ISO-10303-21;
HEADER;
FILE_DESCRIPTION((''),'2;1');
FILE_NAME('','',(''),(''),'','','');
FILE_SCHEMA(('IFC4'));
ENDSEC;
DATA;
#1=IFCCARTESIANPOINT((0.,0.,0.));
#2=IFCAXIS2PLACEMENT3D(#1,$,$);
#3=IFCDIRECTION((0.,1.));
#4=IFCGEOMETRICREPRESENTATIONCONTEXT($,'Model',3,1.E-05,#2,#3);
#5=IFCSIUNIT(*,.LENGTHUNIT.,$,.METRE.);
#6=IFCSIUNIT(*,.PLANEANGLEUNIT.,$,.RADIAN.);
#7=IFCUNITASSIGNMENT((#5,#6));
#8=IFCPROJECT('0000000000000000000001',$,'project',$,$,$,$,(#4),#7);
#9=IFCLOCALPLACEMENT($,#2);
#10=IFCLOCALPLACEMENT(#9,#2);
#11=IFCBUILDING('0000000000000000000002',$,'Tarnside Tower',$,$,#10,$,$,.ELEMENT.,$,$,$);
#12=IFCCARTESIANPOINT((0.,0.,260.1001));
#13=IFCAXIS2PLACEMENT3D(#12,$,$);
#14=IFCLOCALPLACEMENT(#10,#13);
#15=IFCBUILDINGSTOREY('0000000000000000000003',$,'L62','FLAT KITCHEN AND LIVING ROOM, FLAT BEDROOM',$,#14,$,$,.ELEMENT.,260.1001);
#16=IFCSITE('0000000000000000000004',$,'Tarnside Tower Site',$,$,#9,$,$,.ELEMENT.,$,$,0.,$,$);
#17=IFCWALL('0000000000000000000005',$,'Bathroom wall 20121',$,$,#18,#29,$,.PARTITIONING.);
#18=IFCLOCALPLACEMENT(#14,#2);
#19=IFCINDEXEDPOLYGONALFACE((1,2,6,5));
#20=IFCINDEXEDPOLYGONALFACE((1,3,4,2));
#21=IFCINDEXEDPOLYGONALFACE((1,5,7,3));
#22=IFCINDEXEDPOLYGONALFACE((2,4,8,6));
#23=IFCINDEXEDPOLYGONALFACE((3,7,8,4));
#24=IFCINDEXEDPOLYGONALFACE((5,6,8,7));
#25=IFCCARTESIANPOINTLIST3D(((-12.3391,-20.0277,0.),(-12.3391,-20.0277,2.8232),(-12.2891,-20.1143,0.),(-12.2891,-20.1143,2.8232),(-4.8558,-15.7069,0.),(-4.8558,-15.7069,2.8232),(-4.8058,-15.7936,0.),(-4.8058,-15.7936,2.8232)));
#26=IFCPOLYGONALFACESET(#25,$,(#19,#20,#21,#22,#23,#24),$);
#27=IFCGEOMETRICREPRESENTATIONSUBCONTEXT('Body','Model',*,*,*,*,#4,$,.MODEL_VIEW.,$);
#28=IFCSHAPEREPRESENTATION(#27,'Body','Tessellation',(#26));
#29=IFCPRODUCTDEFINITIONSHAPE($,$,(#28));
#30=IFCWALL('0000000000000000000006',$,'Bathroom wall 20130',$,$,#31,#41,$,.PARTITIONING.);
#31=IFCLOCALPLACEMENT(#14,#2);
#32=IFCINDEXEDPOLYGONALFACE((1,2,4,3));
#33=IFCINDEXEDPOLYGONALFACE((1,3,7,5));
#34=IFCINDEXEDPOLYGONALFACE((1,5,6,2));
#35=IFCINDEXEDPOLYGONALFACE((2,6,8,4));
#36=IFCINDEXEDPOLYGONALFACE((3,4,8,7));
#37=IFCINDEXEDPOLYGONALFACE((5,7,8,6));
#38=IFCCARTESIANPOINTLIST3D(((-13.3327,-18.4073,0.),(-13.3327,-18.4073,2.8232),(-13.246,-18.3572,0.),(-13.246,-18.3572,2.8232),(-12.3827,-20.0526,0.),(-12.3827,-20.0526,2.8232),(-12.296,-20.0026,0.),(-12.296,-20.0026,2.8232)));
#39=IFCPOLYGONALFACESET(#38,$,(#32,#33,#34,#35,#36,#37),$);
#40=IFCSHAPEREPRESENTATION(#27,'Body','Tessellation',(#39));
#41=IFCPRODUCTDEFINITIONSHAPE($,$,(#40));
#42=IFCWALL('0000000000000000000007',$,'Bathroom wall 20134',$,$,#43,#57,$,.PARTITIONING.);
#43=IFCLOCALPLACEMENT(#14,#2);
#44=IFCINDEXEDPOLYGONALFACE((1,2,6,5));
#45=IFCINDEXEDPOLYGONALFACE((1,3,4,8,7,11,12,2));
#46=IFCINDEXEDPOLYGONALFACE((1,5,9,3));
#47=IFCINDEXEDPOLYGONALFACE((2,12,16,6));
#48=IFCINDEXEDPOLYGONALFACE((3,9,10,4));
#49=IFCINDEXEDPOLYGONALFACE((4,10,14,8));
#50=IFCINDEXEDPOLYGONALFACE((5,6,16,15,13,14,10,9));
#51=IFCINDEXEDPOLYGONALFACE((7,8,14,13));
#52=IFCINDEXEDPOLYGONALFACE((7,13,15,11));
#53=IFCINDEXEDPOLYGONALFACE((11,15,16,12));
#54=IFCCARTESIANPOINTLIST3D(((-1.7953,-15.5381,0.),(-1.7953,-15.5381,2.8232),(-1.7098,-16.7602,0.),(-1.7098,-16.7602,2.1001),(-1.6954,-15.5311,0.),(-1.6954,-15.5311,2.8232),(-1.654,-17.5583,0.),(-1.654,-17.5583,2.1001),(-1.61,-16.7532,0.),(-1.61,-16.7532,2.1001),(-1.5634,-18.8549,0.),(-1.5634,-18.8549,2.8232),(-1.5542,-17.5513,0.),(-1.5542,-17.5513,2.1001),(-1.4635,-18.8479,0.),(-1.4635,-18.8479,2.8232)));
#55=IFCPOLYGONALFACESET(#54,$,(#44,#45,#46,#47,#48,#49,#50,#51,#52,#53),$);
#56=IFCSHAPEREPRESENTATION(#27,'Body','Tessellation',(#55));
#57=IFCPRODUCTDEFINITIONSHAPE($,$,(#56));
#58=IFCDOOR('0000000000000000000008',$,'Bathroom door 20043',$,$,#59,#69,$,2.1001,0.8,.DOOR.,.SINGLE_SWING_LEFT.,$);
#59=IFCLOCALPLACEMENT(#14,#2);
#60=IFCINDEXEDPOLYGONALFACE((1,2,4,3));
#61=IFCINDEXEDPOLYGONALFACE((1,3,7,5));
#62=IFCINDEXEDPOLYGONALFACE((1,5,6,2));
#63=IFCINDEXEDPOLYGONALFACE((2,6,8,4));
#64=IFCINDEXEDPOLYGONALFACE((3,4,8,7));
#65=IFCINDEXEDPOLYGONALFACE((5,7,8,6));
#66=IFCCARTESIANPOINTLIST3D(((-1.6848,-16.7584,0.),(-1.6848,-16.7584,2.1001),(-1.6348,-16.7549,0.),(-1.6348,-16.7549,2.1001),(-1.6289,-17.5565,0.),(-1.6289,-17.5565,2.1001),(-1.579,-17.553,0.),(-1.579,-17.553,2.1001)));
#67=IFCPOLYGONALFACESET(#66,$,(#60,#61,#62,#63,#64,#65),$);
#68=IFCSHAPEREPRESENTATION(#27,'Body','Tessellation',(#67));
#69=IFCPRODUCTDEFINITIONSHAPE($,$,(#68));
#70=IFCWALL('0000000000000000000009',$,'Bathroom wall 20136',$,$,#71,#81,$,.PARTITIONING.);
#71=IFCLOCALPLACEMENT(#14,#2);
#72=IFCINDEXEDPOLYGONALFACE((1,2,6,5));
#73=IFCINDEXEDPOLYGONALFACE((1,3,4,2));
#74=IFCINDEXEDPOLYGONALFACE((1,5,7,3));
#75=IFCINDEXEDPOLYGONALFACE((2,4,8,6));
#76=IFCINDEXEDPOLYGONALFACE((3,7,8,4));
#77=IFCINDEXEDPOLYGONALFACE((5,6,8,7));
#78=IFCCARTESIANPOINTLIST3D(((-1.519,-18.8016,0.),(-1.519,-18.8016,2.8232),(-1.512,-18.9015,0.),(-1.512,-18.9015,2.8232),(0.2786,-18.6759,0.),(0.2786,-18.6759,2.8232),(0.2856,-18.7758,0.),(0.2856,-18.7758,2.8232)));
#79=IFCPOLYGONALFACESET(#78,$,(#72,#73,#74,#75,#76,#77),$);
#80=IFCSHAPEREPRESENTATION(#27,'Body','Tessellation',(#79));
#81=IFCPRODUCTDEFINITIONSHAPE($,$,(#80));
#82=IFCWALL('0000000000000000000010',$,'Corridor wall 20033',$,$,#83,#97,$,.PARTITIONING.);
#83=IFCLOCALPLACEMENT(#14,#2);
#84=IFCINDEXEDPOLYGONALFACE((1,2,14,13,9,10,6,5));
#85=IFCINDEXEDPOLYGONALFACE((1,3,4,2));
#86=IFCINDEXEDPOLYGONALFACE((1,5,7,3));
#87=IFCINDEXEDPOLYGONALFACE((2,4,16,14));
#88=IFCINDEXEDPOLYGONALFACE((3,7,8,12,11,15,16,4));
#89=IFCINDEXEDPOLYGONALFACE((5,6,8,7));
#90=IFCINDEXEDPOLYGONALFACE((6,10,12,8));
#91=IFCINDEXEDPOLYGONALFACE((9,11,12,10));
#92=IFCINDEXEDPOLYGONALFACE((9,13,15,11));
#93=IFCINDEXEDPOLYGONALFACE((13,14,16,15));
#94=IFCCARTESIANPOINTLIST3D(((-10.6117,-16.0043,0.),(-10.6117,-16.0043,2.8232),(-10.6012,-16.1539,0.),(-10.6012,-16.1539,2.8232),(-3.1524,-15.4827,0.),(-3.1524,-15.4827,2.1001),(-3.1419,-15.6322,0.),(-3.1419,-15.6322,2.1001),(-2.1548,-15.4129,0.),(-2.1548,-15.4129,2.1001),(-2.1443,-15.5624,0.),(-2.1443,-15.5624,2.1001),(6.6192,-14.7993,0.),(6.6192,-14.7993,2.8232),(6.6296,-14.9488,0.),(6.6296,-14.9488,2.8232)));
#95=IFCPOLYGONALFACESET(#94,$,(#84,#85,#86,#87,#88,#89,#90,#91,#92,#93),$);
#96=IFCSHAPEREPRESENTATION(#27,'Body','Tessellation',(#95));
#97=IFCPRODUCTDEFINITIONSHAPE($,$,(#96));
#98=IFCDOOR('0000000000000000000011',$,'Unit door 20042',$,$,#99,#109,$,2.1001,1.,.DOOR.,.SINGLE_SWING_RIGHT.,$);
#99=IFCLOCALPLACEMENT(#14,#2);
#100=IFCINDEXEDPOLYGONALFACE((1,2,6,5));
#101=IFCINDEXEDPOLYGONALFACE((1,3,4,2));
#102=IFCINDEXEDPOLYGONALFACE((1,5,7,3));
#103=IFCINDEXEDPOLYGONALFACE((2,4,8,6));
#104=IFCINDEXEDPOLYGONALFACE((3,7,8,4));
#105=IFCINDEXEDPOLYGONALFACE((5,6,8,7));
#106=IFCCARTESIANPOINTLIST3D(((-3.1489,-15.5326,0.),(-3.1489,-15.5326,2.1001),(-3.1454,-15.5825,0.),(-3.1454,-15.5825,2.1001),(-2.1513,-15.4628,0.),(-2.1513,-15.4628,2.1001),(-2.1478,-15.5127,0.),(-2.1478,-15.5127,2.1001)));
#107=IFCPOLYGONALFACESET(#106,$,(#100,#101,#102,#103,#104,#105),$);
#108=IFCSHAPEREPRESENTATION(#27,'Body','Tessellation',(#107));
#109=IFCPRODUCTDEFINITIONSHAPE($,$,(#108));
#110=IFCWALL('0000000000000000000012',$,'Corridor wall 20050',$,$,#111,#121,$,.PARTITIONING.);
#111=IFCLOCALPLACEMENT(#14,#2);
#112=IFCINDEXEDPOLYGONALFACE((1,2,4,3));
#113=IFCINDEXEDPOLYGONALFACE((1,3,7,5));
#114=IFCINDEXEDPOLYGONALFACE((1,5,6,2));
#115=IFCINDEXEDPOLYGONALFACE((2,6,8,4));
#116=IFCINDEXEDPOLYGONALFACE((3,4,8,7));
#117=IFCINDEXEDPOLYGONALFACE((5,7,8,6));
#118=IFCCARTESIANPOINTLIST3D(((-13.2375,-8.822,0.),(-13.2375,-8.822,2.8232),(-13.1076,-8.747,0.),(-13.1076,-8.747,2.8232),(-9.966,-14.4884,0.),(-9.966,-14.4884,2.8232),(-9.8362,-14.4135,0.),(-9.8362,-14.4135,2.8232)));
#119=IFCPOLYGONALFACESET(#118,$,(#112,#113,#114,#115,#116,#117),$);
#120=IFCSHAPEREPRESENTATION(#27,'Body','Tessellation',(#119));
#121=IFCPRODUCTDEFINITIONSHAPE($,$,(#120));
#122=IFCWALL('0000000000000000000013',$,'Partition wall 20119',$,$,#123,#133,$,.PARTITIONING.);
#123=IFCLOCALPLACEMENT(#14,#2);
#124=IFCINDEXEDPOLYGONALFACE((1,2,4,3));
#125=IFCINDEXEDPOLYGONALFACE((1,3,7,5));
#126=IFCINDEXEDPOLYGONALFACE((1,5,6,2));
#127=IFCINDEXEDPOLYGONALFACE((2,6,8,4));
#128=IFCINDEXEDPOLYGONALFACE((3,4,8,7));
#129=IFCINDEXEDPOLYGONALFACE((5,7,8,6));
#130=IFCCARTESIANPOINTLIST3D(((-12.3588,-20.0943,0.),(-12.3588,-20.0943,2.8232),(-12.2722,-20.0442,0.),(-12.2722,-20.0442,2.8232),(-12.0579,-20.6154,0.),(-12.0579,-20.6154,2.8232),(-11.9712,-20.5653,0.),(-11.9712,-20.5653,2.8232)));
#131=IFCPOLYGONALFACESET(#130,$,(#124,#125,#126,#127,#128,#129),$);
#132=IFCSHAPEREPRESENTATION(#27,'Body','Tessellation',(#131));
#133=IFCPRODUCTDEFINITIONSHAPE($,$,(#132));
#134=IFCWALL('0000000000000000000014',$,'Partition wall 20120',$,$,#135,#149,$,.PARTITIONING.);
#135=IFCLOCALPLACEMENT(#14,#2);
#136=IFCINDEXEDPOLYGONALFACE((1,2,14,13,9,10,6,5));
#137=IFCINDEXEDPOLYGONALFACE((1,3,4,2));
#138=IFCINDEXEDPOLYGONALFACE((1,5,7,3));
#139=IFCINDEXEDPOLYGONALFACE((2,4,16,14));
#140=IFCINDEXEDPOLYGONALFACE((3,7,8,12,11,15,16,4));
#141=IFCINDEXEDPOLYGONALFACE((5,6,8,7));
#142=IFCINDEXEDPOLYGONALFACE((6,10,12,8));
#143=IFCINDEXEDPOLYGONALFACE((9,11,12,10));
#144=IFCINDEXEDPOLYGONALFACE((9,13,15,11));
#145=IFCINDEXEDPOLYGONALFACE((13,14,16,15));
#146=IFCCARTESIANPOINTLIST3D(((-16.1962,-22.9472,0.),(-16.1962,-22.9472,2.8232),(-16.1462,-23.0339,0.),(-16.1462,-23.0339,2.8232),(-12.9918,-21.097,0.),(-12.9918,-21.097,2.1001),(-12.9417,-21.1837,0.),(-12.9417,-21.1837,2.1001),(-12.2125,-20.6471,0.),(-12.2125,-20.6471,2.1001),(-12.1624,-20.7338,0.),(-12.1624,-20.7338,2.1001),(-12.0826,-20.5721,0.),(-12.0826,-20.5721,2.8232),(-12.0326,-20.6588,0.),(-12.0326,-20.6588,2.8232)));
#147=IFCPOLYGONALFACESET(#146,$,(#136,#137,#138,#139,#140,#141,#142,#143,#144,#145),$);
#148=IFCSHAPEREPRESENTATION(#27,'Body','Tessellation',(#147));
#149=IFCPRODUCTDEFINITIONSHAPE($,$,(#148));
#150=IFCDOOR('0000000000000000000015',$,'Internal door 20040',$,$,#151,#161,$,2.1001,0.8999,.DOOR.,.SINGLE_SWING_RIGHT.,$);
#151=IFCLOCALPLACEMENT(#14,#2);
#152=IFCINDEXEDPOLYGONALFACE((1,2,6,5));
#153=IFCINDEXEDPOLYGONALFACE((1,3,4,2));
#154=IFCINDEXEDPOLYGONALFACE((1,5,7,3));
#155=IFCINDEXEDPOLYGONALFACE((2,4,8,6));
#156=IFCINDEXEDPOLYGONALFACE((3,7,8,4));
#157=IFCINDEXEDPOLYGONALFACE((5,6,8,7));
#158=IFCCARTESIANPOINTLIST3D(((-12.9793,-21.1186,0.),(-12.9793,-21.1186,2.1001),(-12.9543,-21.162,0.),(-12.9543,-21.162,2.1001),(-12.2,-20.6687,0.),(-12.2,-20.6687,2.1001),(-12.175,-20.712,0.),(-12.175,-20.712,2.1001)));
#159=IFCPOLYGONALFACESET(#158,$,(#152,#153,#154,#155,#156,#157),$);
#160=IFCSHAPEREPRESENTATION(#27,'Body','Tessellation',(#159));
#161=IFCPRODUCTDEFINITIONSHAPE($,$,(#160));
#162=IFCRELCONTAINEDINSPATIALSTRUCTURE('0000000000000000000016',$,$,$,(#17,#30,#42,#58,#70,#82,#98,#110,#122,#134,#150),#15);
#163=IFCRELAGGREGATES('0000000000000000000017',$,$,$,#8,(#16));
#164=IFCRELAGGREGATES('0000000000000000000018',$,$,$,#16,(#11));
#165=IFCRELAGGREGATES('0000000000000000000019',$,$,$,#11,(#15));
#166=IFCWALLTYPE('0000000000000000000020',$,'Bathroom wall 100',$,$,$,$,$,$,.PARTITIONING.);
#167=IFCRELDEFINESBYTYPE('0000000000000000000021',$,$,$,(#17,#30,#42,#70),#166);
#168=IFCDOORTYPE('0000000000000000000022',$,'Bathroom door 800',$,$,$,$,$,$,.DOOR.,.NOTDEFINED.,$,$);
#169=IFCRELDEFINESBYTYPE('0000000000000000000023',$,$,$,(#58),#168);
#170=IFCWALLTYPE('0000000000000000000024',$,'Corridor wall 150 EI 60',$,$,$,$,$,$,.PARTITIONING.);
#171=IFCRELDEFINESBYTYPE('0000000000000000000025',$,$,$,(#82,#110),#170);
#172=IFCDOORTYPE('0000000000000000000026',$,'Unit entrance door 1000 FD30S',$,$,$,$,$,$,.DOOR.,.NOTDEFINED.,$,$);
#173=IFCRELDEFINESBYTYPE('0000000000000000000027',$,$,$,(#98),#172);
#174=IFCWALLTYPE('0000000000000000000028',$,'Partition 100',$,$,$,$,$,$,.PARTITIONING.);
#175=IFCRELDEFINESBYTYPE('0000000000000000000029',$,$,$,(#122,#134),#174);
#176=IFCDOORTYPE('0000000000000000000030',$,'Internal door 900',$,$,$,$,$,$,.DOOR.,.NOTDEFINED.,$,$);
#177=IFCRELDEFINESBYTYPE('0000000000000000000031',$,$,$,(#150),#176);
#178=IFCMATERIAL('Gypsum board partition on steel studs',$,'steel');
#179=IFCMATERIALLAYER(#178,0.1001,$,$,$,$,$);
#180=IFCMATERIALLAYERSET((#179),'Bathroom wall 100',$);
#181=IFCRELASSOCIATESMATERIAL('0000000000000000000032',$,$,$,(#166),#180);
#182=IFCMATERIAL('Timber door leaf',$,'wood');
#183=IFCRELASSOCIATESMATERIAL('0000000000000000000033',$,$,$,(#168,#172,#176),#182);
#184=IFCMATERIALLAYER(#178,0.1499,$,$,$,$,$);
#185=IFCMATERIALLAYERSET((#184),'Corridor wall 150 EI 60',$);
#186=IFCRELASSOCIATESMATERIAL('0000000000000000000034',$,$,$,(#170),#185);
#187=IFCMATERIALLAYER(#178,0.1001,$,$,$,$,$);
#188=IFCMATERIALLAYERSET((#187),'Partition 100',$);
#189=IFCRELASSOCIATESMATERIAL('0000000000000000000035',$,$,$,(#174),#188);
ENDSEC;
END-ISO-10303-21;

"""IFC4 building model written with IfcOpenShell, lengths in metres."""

from ifc_helpers import new_model, si_unit, direction, frame, frame_2d, origin, place, context, subcontext, project, spatial, rectangle, extrude, material, layer, layer_set, type_object, element, fill, save


model = new_model("IFC4")

# Units and contexts
model_context = context("Model", 3, precision=1e-05, world=origin(), true_north=direction((0.0, 1.0)))
body_context = subcontext(model_context, "Body", "Model", "MODEL_VIEW")
ifc_project = project(units=[si_unit("LENGTHUNIT", "METRE"), si_unit("PLANEANGLEUNIT", "RADIAN")], contexts=[model_context])

# Site, building, storey
site_placement = place(None, origin())
site = spatial("IfcSite", under=ifc_project, at=site_placement, Name="Tarnside Tower Site", CompositionType="ELEMENT", RefElevation=0.0)
building_placement = place(site_placement, origin())
building = spatial("IfcBuilding", under=site, at=building_placement, Name="Tarnside Tower", CompositionType="ELEMENT")
storey_placement = place(building_placement, frame((0.0, 0.0, 260.1001)))
storey = spatial("IfcBuildingStorey", under=building, at=storey_placement, Name="L62", Description="FLAT KITCHEN AND LIVING ROOM, FLAT BEDROOM", CompositionType="ELEMENT", Elevation=260.1001)

# Walls
ifc_material_1 = material(Name="Gypsum board partition on steel studs", Category="steel")
ifc_layer_1 = layer(ifc_material_1, 0.1001)
ifc_layer_set_1 = layer_set([ifc_layer_1], Name="Bathroom wall 100")
wall_type_1 = type_object("IfcWallType", Name="Bathroom wall 100", PredefinedType="PARTITIONING", material=ifc_layer_set_1)
wall_1_placement = place(storey_placement, frame((-4.8308, -15.7502, 0.0), z_axis=(0.0, 0.0, 1.0), x_axis=(-0.866012, -0.500022, 0.0)))
element("IfcWall", 1, at=wall_1_placement, inside=storey, type_object=wall_type_1, Name="Bathroom wall 20121", PredefinedType="PARTITIONING", context=body_context, shape_type="SweptSolid", body=[
    extrude(rectangle(XDim=8.6411, YDim=0.1001, at=frame_2d((4.3206, 0.0))), origin(), (0.0, 0.0, 1.0), 2.8232),
])
wall_2_placement = place(storey_placement, frame((-12.3394, -20.0276, 0.0), z_axis=(0.0, 0.0, 1.0), x_axis=(-0.500023, 0.866012, 0.0)))
element("IfcWall", 2, at=wall_2_placement, inside=storey, type_object=wall_type_1, Name="Bathroom wall 20130", PredefinedType="PARTITIONING", context=body_context, shape_type="SweptSolid", body=[
    extrude(rectangle(XDim=1.8999, YDim=0.1001, at=frame_2d((0.95, 0.0))), origin(), (0.0, 0.0, 1.0), 2.8232),
])

# Wall, opening, door
wall_3_placement = place(storey_placement, frame((-1.5134, -18.8516, 0.0), z_axis=(0.0, 0.0, 1.0), x_axis=(-0.069755, 0.997564, 0.0)))
wall_3 = element("IfcWall", 3, at=wall_3_placement, inside=storey, type_object=wall_type_1, Name="Bathroom wall 20134", PredefinedType="PARTITIONING", context=body_context, shape_type="SweptSolid", body=[
    extrude(rectangle(XDim=3.325, YDim=0.1001, at=frame_2d((1.6626, 0.0))), origin(), (0.0, 0.0, 1.0), 2.8232),
])
opening_1_placement = place(wall_3_placement, frame((1.3, 0.0, 0.0)))
opening_1 = element("IfcOpeningElement", 4, at=opening_1_placement, cuts=wall_3, PredefinedType="OPENING", context=body_context, shape_type="SweptSolid", body=[
    extrude(rectangle(XDim=0.8, YDim=2.1001, at=frame_2d((0.3999, 1.05))), frame((0.0, 0.0601, 0.0), z_axis=(0.0, -1.0, 0.0), x_axis=(1.0, 0.0, 0.0)), (0.0, 0.0, 1.0), 0.1201),
])
ifc_material_2 = material(Name="Timber door leaf", Category="wood")
door_type_1 = type_object("IfcDoorType", Name="Bathroom door 800", OperationType="NOTDEFINED", PredefinedType="DOOR", material=ifc_material_2)
door_1_placement = place(opening_1_placement, origin())
door_1 = element("IfcDoor", 5, at=door_1_placement, inside=storey, type_object=door_type_1, Name="Bathroom door 20043", OperationType="SINGLE_SWING_LEFT", OverallHeight=2.1001, OverallWidth=0.8, PredefinedType="DOOR", context=body_context, shape_type="SweptSolid", body=[
    extrude(rectangle(XDim=0.8, YDim=2.1001, at=frame_2d((0.3999, 1.05))), frame((0.0, 0.0249, 0.0), z_axis=(0.0, -1.0, 0.0), x_axis=(1.0, 0.0, 0.0)), (0.0, 0.0, 1.0), 0.05),
])
fill(opening_1, door_1)

# Wall
wall_4_placement = place(storey_placement, frame((-1.5154, -18.8516, 0.0), z_axis=(0.0, 0.0, 1.0), x_axis=(0.997563, 0.069774, 0.0)))
element("IfcWall", 6, at=wall_4_placement, inside=storey, type_object=wall_type_1, Name="Bathroom wall 20136", PredefinedType="PARTITIONING", context=body_context, shape_type="SweptSolid", body=[
    extrude(rectangle(XDim=1.802, YDim=0.1001, at=frame_2d((0.9009, 0.0))), origin(), (0.0, 0.0, 1.0), 2.8232),
])

# Wall, opening, door
ifc_layer_2 = layer(ifc_material_1, 0.1499)
ifc_layer_set_2 = layer_set([ifc_layer_2], Name="Corridor wall 150 EI 60")
wall_type_2 = type_object("IfcWallType", Name="Corridor wall 150 EI 60", PredefinedType="PARTITIONING", material=ifc_layer_set_2)
wall_5_placement = place(storey_placement, frame((-10.6064, -16.0791, 0.0), z_axis=(0.0, 0.0, 1.0), x_axis=(0.997563, 0.069766, 0.0)))
wall_5 = element("IfcWall", 7, at=wall_5_placement, inside=storey, type_object=wall_type_2, Name="Corridor wall 20033", PredefinedType="PARTITIONING", context=body_context, shape_type="SweptSolid", body=[
    extrude(rectangle(XDim=17.2729, YDim=0.1499, at=frame_2d((8.6365, 0.0))), origin(), (0.0, 0.0, 1.0), 2.8232),
])
opening_2_placement = place(wall_5_placement, frame((7.4775, 0.0, 0.0)))
opening_2 = element("IfcOpeningElement", 8, at=opening_2_placement, cuts=wall_5, PredefinedType="OPENING", context=body_context, shape_type="SweptSolid", body=[
    extrude(rectangle(XDim=1.0, YDim=2.1001, at=frame_2d((0.5, 1.05))), frame((0.0, 0.085, 0.0), z_axis=(0.0, -1.0, 0.0), x_axis=(1.0, 0.0, 0.0)), (0.0, 0.0, 1.0), 0.1699),
])
door_type_2 = type_object("IfcDoorType", Name="Unit entrance door 1000 FD30S", OperationType="NOTDEFINED", PredefinedType="DOOR", material=ifc_material_2)
door_2_placement = place(opening_2_placement, origin())
door_2 = element("IfcDoor", 9, at=door_2_placement, inside=storey, type_object=door_type_2, Name="Unit door 20042", OperationType="SINGLE_SWING_RIGHT", OverallHeight=2.1001, OverallWidth=1.0, PredefinedType="DOOR", context=body_context, shape_type="SweptSolid", body=[
    extrude(rectangle(XDim=1.0, YDim=2.1001, at=frame_2d((0.5, 1.05))), frame((0.0, 0.0249, 0.0), z_axis=(0.0, -1.0, 0.0), x_axis=(1.0, 0.0, 0.0)), (0.0, 0.0, 1.0), 0.05),
])
fill(opening_2, door_2)

# Walls
wall_6_placement = place(storey_placement, frame((-9.9011, -14.4509, 0.0), z_axis=(0.0, 0.0, 1.0), x_axis=(-0.499992, 0.86603, 0.0)))
element("IfcWall", 10, at=wall_6_placement, inside=storey, type_object=wall_type_2, Name="Corridor wall 20050", PredefinedType="PARTITIONING", context=body_context, shape_type="SweptSolid", body=[
    extrude(rectangle(XDim=6.543, YDim=0.1499, at=frame_2d((3.2715, 0.0))), origin(), (0.0, 0.0, 1.0), 2.8232),
])
ifc_layer_3 = layer(ifc_material_1, 0.1001)
ifc_layer_set_3 = layer_set([ifc_layer_3], Name="Partition 100")
wall_type_3 = type_object("IfcWallType", Name="Partition 100", PredefinedType="PARTITIONING", material=ifc_layer_set_3)
wall_7_placement = place(storey_placement, frame((-12.3154, -20.0693, 0.0), z_axis=(0.0, 0.0, 1.0), x_axis=(0.500109, -0.865963, 0.0)))
element("IfcWall", 11, at=wall_7_placement, inside=storey, type_object=wall_type_3, Name="Partition wall 20119", PredefinedType="PARTITIONING", context=body_context, shape_type="SweptSolid", body=[
    extrude(rectangle(XDim=0.6018, YDim=0.1001, at=frame_2d((0.3008, 0.0))), origin(), (0.0, 0.0, 1.0), 2.8232),
])

# Wall, opening, door
wall_8_placement = place(storey_placement, frame((-12.0576, -20.6155, 0.0), z_axis=(0.0, 0.0, 1.0), x_axis=(-0.86602, -0.500009, 0.0)))
wall_8 = element("IfcWall", 12, at=wall_8_placement, inside=storey, type_object=wall_type_3, Name="Partition wall 20120", PredefinedType="PARTITIONING", context=body_context, shape_type="SweptSolid", body=[
    extrude(rectangle(XDim=4.75, YDim=0.1001, at=frame_2d((2.375, 0.0))), origin(), (0.0, 0.0, 1.0), 2.8232),
])
opening_3_placement = place(wall_8_placement, frame((0.1499, 0.0, 0.0)))
opening_3 = element("IfcOpeningElement", 13, at=opening_3_placement, cuts=wall_8, PredefinedType="OPENING", context=body_context, shape_type="SweptSolid", body=[
    extrude(rectangle(XDim=0.8999, YDim=2.1001, at=frame_2d((0.45, 1.05))), frame((0.0, 0.0601, 0.0), z_axis=(0.0, -1.0, 0.0), x_axis=(1.0, 0.0, 0.0)), (0.0, 0.0, 1.0), 0.1201),
])
door_type_3 = type_object("IfcDoorType", Name="Internal door 900", OperationType="NOTDEFINED", PredefinedType="DOOR", material=ifc_material_2)
door_3_placement = place(opening_3_placement, origin())
door_3 = element("IfcDoor", 14, at=door_3_placement, inside=storey, type_object=door_type_3, Name="Internal door 20040", OperationType="SINGLE_SWING_RIGHT", OverallHeight=2.1001, OverallWidth=0.8999, PredefinedType="DOOR", context=body_context, shape_type="SweptSolid", body=[
    extrude(rectangle(XDim=0.8999, YDim=2.1001, at=frame_2d((0.45, 1.05))), frame((0.0, 0.0249, 0.0), z_axis=(0.0, -1.0, 0.0), x_axis=(1.0, 0.0, 0.0)), (0.0, 0.0, 1.0), 0.05),
])
fill(opening_3, door_3)

save(model, "model.ifc")
